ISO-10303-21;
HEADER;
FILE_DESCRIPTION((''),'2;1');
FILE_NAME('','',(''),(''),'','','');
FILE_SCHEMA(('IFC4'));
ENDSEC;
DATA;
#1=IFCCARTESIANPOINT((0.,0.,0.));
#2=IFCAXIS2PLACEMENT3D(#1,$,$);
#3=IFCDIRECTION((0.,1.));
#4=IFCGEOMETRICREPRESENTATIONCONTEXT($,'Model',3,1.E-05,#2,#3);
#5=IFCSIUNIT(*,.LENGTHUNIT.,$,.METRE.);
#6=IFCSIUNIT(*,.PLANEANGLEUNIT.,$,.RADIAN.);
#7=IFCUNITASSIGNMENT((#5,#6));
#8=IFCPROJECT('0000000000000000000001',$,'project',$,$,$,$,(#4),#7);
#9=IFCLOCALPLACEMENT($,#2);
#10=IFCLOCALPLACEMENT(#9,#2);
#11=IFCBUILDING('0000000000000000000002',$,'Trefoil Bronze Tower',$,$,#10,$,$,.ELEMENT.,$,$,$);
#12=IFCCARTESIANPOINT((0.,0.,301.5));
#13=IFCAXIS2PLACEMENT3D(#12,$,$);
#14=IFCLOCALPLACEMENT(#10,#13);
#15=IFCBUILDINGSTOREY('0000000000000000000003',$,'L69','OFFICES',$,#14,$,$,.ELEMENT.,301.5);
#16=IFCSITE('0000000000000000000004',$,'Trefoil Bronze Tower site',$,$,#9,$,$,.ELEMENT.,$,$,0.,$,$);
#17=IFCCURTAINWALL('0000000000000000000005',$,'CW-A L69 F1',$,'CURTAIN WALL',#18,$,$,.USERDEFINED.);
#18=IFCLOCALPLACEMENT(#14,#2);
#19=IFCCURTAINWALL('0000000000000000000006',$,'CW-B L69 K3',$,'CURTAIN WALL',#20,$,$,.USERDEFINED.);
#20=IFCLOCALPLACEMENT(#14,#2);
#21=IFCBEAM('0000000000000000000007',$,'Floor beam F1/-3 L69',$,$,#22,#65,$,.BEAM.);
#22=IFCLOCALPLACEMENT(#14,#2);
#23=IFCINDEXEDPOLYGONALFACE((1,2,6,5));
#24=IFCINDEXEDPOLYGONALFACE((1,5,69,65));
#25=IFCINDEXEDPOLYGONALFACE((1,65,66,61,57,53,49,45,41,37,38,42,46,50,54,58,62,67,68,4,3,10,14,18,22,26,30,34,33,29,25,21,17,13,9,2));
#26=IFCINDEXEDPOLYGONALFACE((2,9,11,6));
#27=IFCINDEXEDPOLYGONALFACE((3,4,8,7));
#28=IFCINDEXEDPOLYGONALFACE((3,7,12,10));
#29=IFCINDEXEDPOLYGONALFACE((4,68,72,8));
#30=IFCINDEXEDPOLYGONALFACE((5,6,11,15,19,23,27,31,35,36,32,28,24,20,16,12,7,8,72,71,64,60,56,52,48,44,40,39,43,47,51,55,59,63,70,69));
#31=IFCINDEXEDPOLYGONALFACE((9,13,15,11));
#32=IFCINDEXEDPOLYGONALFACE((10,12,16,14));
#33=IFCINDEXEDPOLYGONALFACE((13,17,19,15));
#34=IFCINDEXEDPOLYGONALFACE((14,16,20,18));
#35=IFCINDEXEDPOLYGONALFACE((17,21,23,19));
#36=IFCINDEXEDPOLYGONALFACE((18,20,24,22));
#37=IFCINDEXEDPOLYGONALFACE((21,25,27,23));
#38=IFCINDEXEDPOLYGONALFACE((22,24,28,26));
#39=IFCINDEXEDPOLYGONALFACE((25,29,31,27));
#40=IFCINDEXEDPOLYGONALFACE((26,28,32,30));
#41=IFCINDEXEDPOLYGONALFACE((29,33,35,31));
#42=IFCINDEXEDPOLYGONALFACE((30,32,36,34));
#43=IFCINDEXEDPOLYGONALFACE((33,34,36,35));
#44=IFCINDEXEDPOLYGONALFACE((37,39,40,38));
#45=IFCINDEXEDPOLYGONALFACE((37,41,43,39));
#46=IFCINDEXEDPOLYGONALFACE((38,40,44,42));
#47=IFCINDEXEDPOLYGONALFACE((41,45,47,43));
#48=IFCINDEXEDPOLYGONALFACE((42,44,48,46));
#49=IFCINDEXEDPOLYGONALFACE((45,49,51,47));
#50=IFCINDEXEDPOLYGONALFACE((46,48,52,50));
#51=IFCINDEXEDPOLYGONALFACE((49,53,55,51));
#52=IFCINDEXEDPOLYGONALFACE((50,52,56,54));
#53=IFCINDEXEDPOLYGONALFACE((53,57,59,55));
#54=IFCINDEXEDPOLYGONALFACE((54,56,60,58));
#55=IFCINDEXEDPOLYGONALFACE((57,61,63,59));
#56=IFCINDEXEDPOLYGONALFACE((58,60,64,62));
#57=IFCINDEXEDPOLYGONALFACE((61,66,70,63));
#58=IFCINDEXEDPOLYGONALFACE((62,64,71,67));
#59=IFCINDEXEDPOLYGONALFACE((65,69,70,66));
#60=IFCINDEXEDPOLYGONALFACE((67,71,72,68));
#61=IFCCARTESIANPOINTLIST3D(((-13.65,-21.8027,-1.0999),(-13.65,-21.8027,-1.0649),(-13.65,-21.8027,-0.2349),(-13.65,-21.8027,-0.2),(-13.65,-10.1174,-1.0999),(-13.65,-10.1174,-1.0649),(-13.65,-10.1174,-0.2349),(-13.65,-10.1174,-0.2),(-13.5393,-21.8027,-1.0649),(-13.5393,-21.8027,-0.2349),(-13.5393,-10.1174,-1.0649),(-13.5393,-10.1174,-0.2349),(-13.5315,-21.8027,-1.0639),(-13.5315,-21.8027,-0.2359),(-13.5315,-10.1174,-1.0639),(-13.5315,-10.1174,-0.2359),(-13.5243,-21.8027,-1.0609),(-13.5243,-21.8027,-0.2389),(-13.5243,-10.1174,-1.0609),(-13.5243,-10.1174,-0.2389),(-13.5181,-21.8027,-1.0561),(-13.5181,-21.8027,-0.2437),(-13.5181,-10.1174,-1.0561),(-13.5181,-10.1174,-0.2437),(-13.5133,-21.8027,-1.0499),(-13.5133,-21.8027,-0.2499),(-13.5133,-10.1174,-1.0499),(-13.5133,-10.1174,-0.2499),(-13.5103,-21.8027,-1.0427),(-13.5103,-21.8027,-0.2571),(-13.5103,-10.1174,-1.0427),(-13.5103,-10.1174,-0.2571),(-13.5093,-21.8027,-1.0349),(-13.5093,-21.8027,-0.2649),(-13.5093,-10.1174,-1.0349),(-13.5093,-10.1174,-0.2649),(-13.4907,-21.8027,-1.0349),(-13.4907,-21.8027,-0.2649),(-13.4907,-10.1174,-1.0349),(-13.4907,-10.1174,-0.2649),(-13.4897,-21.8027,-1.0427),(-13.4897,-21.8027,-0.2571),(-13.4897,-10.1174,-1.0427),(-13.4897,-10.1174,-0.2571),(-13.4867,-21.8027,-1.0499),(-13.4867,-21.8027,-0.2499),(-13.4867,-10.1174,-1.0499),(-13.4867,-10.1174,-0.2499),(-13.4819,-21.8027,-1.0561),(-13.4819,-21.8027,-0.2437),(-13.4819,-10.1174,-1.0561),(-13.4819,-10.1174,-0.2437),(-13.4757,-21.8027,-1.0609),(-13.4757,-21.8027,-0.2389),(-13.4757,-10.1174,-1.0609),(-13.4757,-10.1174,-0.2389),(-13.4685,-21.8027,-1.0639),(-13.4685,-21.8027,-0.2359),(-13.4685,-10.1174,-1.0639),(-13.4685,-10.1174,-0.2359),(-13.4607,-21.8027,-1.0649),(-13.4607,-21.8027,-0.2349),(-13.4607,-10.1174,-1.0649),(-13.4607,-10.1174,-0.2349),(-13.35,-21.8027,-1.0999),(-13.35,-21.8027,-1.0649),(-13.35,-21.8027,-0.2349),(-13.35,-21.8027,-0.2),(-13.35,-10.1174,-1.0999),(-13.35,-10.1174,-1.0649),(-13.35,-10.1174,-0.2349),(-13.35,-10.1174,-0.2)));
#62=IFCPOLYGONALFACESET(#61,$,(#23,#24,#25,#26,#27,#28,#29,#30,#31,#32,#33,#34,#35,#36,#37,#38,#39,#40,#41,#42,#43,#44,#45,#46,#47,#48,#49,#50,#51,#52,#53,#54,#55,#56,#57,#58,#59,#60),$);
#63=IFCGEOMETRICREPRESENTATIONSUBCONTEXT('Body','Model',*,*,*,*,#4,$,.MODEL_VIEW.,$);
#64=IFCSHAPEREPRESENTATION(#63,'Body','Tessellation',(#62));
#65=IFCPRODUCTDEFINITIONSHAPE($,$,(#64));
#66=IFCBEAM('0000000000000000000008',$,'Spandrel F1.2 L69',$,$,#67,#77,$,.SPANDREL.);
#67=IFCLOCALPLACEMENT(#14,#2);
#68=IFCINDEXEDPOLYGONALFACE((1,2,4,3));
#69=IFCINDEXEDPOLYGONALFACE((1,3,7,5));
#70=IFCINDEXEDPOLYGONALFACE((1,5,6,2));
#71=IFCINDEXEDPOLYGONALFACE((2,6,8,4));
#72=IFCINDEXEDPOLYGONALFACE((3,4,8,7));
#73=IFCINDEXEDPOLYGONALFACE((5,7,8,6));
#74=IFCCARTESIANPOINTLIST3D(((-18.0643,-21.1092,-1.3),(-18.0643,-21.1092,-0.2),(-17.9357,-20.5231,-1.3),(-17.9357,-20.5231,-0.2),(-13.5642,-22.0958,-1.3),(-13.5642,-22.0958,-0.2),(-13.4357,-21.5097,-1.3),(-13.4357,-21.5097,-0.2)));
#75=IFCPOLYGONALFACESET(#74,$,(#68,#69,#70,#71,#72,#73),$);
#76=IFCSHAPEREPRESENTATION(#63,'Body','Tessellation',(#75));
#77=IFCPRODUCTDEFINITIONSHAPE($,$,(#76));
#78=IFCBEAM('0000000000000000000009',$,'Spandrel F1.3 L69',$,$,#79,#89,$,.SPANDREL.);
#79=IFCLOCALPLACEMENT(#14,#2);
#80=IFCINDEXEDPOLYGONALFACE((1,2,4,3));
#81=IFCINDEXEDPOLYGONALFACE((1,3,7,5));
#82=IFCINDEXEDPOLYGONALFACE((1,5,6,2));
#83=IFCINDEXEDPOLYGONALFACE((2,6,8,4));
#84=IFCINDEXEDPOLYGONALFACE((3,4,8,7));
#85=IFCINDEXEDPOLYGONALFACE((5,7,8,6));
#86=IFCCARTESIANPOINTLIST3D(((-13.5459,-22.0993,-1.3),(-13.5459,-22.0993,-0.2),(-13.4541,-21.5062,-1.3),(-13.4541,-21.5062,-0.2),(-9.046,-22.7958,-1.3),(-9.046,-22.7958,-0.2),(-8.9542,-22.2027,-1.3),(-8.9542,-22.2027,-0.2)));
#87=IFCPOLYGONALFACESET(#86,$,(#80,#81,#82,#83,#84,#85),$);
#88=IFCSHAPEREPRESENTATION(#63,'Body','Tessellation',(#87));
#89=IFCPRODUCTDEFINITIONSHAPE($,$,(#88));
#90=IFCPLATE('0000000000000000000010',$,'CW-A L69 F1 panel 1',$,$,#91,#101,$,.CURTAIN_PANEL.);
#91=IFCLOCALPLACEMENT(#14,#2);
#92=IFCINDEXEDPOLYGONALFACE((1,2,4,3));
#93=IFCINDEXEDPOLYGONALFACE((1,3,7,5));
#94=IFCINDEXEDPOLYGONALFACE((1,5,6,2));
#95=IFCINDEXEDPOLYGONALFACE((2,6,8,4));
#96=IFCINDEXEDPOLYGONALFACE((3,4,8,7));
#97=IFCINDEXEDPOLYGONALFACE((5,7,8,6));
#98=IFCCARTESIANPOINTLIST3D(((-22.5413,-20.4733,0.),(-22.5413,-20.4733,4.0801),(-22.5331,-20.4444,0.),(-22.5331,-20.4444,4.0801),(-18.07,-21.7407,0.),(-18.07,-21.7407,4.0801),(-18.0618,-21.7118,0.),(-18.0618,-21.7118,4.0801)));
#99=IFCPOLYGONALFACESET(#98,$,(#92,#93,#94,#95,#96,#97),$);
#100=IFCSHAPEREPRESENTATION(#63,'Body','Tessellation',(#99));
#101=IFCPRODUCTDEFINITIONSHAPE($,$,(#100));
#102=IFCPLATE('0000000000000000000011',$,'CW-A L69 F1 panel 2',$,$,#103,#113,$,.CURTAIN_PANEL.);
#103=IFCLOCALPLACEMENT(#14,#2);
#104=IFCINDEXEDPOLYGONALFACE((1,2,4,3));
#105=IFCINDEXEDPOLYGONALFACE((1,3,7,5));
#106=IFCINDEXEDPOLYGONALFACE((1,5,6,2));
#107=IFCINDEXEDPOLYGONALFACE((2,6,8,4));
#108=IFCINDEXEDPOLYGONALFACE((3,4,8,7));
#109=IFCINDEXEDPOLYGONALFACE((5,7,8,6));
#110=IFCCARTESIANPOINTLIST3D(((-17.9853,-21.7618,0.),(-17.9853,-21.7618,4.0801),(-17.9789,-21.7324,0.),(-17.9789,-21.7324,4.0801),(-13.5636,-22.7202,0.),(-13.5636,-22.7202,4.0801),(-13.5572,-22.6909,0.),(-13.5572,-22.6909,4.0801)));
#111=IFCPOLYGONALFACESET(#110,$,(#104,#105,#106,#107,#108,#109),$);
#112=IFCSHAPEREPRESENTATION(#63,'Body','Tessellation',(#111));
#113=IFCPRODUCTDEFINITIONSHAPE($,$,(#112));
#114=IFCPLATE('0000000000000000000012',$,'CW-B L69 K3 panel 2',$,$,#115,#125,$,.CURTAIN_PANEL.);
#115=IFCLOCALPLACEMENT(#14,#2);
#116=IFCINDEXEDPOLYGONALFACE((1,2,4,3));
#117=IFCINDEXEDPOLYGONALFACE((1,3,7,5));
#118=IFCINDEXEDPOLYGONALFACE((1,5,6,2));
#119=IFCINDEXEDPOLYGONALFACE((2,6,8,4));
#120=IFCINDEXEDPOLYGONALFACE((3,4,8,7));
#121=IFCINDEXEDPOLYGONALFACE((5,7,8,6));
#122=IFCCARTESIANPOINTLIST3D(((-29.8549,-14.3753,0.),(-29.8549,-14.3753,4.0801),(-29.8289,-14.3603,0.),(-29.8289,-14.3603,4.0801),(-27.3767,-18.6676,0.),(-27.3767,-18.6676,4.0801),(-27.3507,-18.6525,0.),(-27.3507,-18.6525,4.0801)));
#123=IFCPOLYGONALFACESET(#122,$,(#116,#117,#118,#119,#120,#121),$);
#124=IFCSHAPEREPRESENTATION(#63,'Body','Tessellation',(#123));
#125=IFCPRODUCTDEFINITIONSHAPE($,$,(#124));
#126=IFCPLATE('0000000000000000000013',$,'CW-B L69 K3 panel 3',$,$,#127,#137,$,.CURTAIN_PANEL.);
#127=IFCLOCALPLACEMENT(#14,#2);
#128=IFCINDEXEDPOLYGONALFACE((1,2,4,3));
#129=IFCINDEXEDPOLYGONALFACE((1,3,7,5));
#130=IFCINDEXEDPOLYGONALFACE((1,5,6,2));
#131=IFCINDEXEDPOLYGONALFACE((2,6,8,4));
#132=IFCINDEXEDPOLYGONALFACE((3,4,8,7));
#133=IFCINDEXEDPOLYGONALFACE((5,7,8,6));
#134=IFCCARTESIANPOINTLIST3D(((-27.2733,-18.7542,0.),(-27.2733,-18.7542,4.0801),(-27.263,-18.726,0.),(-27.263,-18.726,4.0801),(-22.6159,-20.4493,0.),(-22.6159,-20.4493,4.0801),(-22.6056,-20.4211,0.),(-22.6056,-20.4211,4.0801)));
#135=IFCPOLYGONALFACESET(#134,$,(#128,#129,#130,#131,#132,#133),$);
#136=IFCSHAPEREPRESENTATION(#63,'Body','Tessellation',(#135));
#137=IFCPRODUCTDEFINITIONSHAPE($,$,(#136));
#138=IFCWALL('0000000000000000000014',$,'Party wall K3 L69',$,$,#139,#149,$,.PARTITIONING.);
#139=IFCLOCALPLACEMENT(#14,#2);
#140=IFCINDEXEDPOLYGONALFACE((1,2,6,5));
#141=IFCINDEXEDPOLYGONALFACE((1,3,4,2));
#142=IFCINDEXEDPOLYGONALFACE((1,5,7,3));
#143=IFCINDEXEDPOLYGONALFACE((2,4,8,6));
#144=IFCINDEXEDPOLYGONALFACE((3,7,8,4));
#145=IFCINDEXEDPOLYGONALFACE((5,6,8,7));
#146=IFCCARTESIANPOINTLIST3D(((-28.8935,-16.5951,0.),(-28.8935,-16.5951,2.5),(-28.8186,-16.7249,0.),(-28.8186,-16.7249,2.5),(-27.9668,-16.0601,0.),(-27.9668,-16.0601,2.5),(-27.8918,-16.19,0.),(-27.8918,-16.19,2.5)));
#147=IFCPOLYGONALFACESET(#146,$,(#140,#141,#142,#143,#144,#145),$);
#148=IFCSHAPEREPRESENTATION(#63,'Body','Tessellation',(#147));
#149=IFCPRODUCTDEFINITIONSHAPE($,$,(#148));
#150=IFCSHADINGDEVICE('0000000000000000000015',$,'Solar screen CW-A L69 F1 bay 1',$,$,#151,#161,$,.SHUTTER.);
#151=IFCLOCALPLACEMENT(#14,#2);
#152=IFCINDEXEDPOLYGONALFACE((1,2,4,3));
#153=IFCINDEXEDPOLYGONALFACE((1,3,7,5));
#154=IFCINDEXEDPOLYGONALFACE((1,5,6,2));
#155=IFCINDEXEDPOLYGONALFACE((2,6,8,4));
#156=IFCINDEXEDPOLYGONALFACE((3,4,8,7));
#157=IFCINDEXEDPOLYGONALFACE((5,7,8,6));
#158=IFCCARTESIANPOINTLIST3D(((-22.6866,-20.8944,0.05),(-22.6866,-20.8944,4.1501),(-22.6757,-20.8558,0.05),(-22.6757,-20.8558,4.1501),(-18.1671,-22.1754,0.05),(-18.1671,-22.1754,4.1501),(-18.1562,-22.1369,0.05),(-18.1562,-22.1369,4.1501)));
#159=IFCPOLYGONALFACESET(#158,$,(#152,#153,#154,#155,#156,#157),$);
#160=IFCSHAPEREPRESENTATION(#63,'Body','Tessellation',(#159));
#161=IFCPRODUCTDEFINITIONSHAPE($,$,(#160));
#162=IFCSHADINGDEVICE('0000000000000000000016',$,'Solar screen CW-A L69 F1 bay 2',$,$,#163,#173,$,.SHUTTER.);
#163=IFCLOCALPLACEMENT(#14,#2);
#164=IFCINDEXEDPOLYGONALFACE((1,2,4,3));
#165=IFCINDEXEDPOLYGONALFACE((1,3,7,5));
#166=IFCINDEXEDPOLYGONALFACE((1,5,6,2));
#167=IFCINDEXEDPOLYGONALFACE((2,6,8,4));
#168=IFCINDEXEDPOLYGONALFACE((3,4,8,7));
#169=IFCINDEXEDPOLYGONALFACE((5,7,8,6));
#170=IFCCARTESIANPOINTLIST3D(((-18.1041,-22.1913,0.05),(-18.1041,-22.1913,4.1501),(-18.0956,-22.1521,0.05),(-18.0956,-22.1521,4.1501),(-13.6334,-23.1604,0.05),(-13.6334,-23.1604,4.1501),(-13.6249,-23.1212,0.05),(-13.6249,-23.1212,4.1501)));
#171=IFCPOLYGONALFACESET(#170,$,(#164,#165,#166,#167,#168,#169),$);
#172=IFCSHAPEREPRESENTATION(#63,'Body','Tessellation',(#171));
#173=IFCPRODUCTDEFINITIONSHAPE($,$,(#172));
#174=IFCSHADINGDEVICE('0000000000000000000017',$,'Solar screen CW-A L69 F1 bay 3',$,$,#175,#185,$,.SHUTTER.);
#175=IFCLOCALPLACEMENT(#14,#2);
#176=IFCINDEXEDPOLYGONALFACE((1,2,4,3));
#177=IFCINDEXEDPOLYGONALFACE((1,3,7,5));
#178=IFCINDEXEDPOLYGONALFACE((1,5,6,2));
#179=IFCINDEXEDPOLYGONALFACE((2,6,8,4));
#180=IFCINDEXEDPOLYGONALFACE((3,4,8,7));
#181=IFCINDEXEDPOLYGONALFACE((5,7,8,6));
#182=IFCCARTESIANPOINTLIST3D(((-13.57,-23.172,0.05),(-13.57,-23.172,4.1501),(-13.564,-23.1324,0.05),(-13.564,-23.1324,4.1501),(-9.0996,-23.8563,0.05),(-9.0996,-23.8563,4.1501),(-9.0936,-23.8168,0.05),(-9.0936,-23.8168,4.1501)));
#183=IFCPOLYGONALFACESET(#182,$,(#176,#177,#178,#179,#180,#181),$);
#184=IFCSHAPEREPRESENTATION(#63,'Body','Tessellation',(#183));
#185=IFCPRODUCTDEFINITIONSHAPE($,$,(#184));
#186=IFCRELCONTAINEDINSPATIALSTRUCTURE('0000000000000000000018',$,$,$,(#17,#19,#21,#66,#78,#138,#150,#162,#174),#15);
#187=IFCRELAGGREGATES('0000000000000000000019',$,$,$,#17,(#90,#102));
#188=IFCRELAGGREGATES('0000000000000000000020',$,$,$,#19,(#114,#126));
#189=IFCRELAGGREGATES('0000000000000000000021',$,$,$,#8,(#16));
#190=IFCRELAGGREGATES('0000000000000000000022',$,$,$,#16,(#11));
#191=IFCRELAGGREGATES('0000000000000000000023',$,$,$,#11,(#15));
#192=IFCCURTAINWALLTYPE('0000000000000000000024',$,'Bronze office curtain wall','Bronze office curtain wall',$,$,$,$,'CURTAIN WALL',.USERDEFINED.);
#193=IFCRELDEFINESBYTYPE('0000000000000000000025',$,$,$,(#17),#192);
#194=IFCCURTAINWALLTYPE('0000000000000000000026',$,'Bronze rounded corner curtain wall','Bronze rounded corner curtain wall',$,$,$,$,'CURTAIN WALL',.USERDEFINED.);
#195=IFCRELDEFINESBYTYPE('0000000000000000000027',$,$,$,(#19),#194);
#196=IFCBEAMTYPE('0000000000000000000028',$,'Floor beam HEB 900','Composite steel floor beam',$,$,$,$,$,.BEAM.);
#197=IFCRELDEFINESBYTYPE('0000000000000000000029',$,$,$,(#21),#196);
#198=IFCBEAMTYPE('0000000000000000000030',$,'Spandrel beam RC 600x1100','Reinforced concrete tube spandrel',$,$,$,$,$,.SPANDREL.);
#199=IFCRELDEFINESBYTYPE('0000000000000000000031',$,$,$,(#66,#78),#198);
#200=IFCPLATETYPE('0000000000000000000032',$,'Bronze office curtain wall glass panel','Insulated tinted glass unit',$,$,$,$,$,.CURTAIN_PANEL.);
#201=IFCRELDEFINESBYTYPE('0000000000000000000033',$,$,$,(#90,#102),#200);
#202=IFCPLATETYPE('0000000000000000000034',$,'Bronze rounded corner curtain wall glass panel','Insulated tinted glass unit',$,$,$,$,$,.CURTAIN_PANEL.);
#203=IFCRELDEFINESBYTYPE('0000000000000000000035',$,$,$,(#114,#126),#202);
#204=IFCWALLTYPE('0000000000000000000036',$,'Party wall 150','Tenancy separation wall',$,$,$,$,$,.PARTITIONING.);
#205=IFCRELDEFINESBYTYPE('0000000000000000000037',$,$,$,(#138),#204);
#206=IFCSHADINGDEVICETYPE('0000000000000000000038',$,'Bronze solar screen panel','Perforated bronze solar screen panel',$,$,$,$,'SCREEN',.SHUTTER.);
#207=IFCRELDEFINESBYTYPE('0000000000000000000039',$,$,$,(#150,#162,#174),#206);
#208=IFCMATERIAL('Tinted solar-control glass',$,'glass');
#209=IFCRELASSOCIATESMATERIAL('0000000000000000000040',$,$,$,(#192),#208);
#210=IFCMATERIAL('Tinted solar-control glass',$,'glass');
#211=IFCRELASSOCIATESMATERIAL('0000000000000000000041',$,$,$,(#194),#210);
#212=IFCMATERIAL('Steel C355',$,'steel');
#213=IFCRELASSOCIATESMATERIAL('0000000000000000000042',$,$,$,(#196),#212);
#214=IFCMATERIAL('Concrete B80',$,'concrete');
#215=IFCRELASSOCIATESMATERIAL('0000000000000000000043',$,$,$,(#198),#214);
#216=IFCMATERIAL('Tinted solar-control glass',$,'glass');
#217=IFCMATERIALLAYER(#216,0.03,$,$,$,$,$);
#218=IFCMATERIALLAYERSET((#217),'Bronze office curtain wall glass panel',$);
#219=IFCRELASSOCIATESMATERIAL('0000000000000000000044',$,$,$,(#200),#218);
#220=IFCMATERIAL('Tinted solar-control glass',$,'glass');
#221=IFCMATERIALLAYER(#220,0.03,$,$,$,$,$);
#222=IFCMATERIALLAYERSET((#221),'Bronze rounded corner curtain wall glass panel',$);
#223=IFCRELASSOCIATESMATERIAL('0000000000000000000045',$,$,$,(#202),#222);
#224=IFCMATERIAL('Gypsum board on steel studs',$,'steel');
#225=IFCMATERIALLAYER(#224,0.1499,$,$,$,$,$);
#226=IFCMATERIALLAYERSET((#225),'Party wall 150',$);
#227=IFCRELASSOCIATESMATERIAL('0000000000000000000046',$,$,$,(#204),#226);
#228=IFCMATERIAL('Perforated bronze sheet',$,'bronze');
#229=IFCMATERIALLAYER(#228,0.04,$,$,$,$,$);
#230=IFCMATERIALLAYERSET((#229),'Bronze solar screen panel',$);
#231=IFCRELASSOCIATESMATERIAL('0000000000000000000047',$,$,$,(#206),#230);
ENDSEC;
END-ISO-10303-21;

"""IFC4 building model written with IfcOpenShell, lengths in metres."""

from ifc_helpers import new_model, si_unit, direction, frame, frame_2d, origin, origin_2d, place, context, subcontext, project, spatial, rectangle, i_section, extrude, material, layer, layer_set, material_profile, profile_set, type_object, element, aggregate, save


model = new_model("IFC4")

# Units and contexts
model_context = context("Model", 3, precision=1e-05, world=origin(), true_north=direction((0.0, 1.0)))
body_context = subcontext(model_context, "Body", "Model", "MODEL_VIEW")
ifc_project = project(units=[si_unit("LENGTHUNIT", "METRE"), si_unit("PLANEANGLEUNIT", "RADIAN")], contexts=[model_context])

# Site, building, storey
site_placement = place(None, origin())
site = spatial("IfcSite", under=ifc_project, at=site_placement, Name="Trefoil Bronze Tower site", CompositionType="ELEMENT", RefElevation=0.0)
building_placement = place(site_placement, origin())
building = spatial("IfcBuilding", under=site, at=building_placement, Name="Trefoil Bronze Tower", CompositionType="ELEMENT")
storey_placement = place(building_placement, frame((0.0, 0.0, 301.5)))
storey = spatial("IfcBuildingStorey", under=building, at=storey_placement, Name="L69", Description="OFFICES", CompositionType="ELEMENT", Elevation=301.5)

# Curtain walls
ifc_material_1 = material(Name="Tinted solar-control glass", Category="glass")
curtain_wall_type_1 = type_object("IfcCurtainWallType", Name="Bronze office curtain wall", Description="Bronze office curtain wall", ElementType="CURTAIN WALL", PredefinedType="USERDEFINED", material=ifc_material_1)
curtain_wall_1_placement = place(storey_placement, origin())
curtain_wall_1 = element("IfcCurtainWall", 1, at=curtain_wall_1_placement, inside=storey, type_object=curtain_wall_type_1, Name="CW-A L69 F1", ObjectType="CURTAIN WALL", PredefinedType="USERDEFINED")
ifc_material_2 = material(Name="Tinted solar-control glass", Category="glass")
curtain_wall_type_2 = type_object("IfcCurtainWallType", Name="Bronze rounded corner curtain wall", Description="Bronze rounded corner curtain wall", ElementType="CURTAIN WALL", PredefinedType="USERDEFINED", material=ifc_material_2)
curtain_wall_2_placement = place(storey_placement, origin())
curtain_wall_2 = element("IfcCurtainWall", 2, at=curtain_wall_2_placement, inside=storey, type_object=curtain_wall_type_2, Name="CW-B L69 K3", ObjectType="CURTAIN WALL", PredefinedType="USERDEFINED")

# Beams
ifc_material_3 = material(Name="Steel C355", Category="steel")
ifc_material_profile_1 = material_profile(ifc_material_3, i_section(OverallWidth=0.3, OverallDepth=0.8999, WebThickness=0.0186, FlangeThickness=0.0349, FilletRadius=0.03, at=origin_2d()), Name="HEB 900")
ifc_profile_set_1 = profile_set([ifc_material_profile_1], Name="Steel C355")
beam_type_1 = type_object("IfcBeamType", Name="Floor beam HEB 900", Description="Composite steel floor beam", PredefinedType="BEAM", material=ifc_profile_set_1)
beam_1_placement = place(storey_placement, frame((-13.5, -21.8027, -0.6499), z_axis=(0.0, 1.0, 0.0), x_axis=(-1.0, 0.0, 0.0)))
element("IfcBeam", 3, at=beam_1_placement, inside=storey, type_object=beam_type_1, Name="Floor beam F1/-3 L69", PredefinedType="BEAM", context=body_context, shape_type="SweptSolid", body=[
    extrude(i_section(OverallWidth=0.3, OverallDepth=0.8999, WebThickness=0.0186, FlangeThickness=0.0349, FilletRadius=0.03, at=origin_2d()), origin(), (0.0, 0.0, 1.0), 11.6853),
])
ifc_material_4 = material(Name="Concrete B80", Category="concrete")
ifc_material_profile_2 = material_profile(ifc_material_4, rectangle(XDim=0.6001, YDim=1.1001, at=origin_2d()), Name="RC 600x1100")
ifc_profile_set_2 = profile_set([ifc_material_profile_2], Name="Concrete B80")
beam_type_2 = type_object("IfcBeamType", Name="Spandrel beam RC 600x1100", Description="Reinforced concrete tube spandrel", PredefinedType="SPANDREL", material=ifc_profile_set_2)
beam_2_placement = place(storey_placement, frame((-18.0, -20.8162, -0.75), z_axis=(0.9768, -0.214152, 0.0), x_axis=(0.214152, 0.9768, 0.0)))
element("IfcBeam", 4, at=beam_2_placement, inside=storey, type_object=beam_type_2, Name="Spandrel F1.2 L69", PredefinedType="SPANDREL", context=body_context, shape_type="SweptSolid", body=[
    extrude(rectangle(XDim=0.6001, YDim=1.1001, at=origin_2d()), origin(), (0.0, 0.0, 1.0), 4.6069),
])
beam_3_placement = place(storey_placement, frame((-13.5, -21.8027, -0.75), z_axis=(0.988232, -0.152964, 0.0), x_axis=(0.152964, 0.988232, 0.0)))
element("IfcBeam", 5, at=beam_3_placement, inside=storey, type_object=beam_type_2, Name="Spandrel F1.3 L69", PredefinedType="SPANDREL", context=body_context, shape_type="SweptSolid", body=[
    extrude(rectangle(XDim=0.6001, YDim=1.1001, at=origin_2d()), origin(), (0.0, 0.0, 1.0), 4.5535),
])

# Plates
ifc_material_5 = material(Name="Tinted solar-control glass", Category="glass")
ifc_layer_1 = layer(ifc_material_5, 0.03)
ifc_layer_set_1 = layer_set([ifc_layer_1], Name="Bronze office curtain wall glass panel")
plate_type_1 = type_object("IfcPlateType", Name="Bronze office curtain wall glass panel", Description="Insulated tinted glass unit", PredefinedType="CURTAIN_PANEL", material=ifc_layer_set_1)
plate_1_placement = place(storey_placement, frame((-20.3015, -21.0925, 0.0), z_axis=(0.0, 0.0, 1.0), x_axis=(0.962098, -0.272705, 0.0)))
plate_1 = element("IfcPlate", 6, at=plate_1_placement, type_object=plate_type_1, Name="CW-A L69 F1 panel 1", PredefinedType="CURTAIN_PANEL", context=body_context, shape_type="SweptSolid", body=[
    extrude(rectangle(XDim=4.6475, YDim=0.03, at=origin_2d()), origin(), (0.0, 0.0, 1.0), 4.0801),
])
plate_2_placement = place(storey_placement, frame((-15.7712, -22.2263, 0.0), z_axis=(0.0, 0.0, 1.0), x_axis=(0.977303, -0.211846, 0.0)))
plate_2 = element("IfcPlate", 7, at=plate_2_placement, type_object=plate_type_1, Name="CW-A L69 F1 panel 2", PredefinedType="CURTAIN_PANEL", context=body_context, shape_type="SweptSolid", body=[
    extrude(rectangle(XDim=4.5244, YDim=0.03, at=origin_2d()), origin(), (0.0, 0.0, 1.0), 4.0801),
])
aggregate(curtain_wall_1, [plate_1, plate_2])
ifc_material_6 = material(Name="Tinted solar-control glass", Category="glass")
ifc_layer_2 = layer(ifc_material_6, 0.03)
ifc_layer_set_2 = layer_set([ifc_layer_2], Name="Bronze rounded corner curtain wall glass panel")
plate_type_2 = type_object("IfcPlateType", Name="Bronze rounded corner curtain wall glass panel", Description="Insulated tinted glass unit", PredefinedType="CURTAIN_PANEL", material=ifc_layer_set_2)
plate_3_placement = place(storey_placement, frame((-28.6028, -16.5139, 0.0), z_axis=(0.0, 0.0, 1.0), x_axis=(0.5, -0.866025, 0.0)))
plate_3 = element("IfcPlate", 8, at=plate_3_placement, type_object=plate_type_2, Name="CW-B L69 K3 panel 2", PredefinedType="CURTAIN_PANEL", context=body_context, shape_type="SweptSolid", body=[
    extrude(rectangle(XDim=4.9563, YDim=0.03, at=origin_2d()), origin(), (0.0, 0.0, 1.0), 4.0801),
])
plate_4_placement = place(storey_placement, frame((-24.9395, -19.5876, 0.0), z_axis=(0.0, 0.0, 1.0), x_axis=(0.939693, -0.34202, 0.0)))
plate_4 = element("IfcPlate", 9, at=plate_4_placement, type_object=plate_type_2, Name="CW-B L69 K3 panel 3", PredefinedType="CURTAIN_PANEL", context=body_context, shape_type="SweptSolid", body=[
    extrude(rectangle(XDim=4.9563, YDim=0.03, at=origin_2d()), origin(), (0.0, 0.0, 1.0), 4.0801),
])
aggregate(curtain_wall_2, [plate_3, plate_4])

# Wall
ifc_material_7 = material(Name="Gypsum board on steel studs", Category="steel")
ifc_layer_3 = layer(ifc_material_7, 0.1499)
ifc_layer_set_3 = layer_set([ifc_layer_3], Name="Party wall 150")
wall_type = type_object("IfcWallType", Name="Party wall 150", Description="Tenancy separation wall", PredefinedType="PARTITIONING", material=ifc_layer_set_3)
wall_placement = place(storey_placement, frame((-27.9292, -16.125, 0.0), z_axis=(0.0, 0.0, 1.0), x_axis=(-0.866087, -0.499894, 0.0)))
element("IfcWall", 10, at=wall_placement, inside=storey, type_object=wall_type, Name="Party wall K3 L69", PredefinedType="PARTITIONING", context=body_context, shape_type="SweptSolid", body=[
    extrude(rectangle(XDim=1.0701, YDim=0.1499, at=frame_2d((0.5352, 0.0))), origin(), (0.0, 0.0, 1.0), 2.5),
])

# Shading devices
ifc_material_8 = material(Name="Perforated bronze sheet", Category="bronze")
ifc_layer_4 = layer(ifc_material_8, 0.04)
ifc_layer_set_4 = layer_set([ifc_layer_4], Name="Bronze solar screen panel")
shading_device_type = type_object("IfcShadingDeviceType", Name="Bronze solar screen panel", Description="Perforated bronze solar screen panel", ElementType="SCREEN", PredefinedType="SHUTTER", material=ifc_layer_set_4)
shading_device_1_placement = place(storey_placement, frame((-20.4214, -21.5156, 0.05), z_axis=(0.0, 0.0, 1.0), x_axis=(0.962098, -0.272705, 0.0)))
element("IfcShadingDevice", 11, at=shading_device_1_placement, inside=storey, type_object=shading_device_type, Name="Solar screen CW-A L69 F1 bay 1", PredefinedType="SHUTTER", context=body_context, shape_type="SweptSolid", body=[
    extrude(rectangle(XDim=4.6975, YDim=0.04, at=origin_2d()), origin(), (0.0, 0.0, 1.0), 4.1001),
])
shading_device_2_placement = place(storey_placement, frame((-15.8645, -22.6562, 0.05), z_axis=(0.0, 0.0, 1.0), x_axis=(0.977303, -0.211846, 0.0)))
element("IfcShadingDevice", 12, at=shading_device_2_placement, inside=storey, type_object=shading_device_type, Name="Solar screen CW-A L69 F1 bay 2", PredefinedType="SHUTTER", context=body_context, shape_type="SweptSolid", body=[
    extrude(rectangle(XDim=4.5745, YDim=0.04, at=origin_2d()), origin(), (0.0, 0.0, 1.0), 4.1001),
])
shading_device_3_placement = place(storey_placement, frame((-11.3318, -23.4944, 0.05), z_axis=(0.0, 0.0, 1.0), x_axis=(0.988485, -0.151317, 0.0)))
element("IfcShadingDevice", 13, at=shading_device_3_placement, inside=storey, type_object=shading_device_type, Name="Solar screen CW-A L69 F1 bay 3", PredefinedType="SHUTTER", context=body_context, shape_type="SweptSolid", body=[
    extrude(rectangle(XDim=4.5225, YDim=0.04, at=origin_2d()), origin(), (0.0, 0.0, 1.0), 4.1001),
])

save(model, "model.ifc")
